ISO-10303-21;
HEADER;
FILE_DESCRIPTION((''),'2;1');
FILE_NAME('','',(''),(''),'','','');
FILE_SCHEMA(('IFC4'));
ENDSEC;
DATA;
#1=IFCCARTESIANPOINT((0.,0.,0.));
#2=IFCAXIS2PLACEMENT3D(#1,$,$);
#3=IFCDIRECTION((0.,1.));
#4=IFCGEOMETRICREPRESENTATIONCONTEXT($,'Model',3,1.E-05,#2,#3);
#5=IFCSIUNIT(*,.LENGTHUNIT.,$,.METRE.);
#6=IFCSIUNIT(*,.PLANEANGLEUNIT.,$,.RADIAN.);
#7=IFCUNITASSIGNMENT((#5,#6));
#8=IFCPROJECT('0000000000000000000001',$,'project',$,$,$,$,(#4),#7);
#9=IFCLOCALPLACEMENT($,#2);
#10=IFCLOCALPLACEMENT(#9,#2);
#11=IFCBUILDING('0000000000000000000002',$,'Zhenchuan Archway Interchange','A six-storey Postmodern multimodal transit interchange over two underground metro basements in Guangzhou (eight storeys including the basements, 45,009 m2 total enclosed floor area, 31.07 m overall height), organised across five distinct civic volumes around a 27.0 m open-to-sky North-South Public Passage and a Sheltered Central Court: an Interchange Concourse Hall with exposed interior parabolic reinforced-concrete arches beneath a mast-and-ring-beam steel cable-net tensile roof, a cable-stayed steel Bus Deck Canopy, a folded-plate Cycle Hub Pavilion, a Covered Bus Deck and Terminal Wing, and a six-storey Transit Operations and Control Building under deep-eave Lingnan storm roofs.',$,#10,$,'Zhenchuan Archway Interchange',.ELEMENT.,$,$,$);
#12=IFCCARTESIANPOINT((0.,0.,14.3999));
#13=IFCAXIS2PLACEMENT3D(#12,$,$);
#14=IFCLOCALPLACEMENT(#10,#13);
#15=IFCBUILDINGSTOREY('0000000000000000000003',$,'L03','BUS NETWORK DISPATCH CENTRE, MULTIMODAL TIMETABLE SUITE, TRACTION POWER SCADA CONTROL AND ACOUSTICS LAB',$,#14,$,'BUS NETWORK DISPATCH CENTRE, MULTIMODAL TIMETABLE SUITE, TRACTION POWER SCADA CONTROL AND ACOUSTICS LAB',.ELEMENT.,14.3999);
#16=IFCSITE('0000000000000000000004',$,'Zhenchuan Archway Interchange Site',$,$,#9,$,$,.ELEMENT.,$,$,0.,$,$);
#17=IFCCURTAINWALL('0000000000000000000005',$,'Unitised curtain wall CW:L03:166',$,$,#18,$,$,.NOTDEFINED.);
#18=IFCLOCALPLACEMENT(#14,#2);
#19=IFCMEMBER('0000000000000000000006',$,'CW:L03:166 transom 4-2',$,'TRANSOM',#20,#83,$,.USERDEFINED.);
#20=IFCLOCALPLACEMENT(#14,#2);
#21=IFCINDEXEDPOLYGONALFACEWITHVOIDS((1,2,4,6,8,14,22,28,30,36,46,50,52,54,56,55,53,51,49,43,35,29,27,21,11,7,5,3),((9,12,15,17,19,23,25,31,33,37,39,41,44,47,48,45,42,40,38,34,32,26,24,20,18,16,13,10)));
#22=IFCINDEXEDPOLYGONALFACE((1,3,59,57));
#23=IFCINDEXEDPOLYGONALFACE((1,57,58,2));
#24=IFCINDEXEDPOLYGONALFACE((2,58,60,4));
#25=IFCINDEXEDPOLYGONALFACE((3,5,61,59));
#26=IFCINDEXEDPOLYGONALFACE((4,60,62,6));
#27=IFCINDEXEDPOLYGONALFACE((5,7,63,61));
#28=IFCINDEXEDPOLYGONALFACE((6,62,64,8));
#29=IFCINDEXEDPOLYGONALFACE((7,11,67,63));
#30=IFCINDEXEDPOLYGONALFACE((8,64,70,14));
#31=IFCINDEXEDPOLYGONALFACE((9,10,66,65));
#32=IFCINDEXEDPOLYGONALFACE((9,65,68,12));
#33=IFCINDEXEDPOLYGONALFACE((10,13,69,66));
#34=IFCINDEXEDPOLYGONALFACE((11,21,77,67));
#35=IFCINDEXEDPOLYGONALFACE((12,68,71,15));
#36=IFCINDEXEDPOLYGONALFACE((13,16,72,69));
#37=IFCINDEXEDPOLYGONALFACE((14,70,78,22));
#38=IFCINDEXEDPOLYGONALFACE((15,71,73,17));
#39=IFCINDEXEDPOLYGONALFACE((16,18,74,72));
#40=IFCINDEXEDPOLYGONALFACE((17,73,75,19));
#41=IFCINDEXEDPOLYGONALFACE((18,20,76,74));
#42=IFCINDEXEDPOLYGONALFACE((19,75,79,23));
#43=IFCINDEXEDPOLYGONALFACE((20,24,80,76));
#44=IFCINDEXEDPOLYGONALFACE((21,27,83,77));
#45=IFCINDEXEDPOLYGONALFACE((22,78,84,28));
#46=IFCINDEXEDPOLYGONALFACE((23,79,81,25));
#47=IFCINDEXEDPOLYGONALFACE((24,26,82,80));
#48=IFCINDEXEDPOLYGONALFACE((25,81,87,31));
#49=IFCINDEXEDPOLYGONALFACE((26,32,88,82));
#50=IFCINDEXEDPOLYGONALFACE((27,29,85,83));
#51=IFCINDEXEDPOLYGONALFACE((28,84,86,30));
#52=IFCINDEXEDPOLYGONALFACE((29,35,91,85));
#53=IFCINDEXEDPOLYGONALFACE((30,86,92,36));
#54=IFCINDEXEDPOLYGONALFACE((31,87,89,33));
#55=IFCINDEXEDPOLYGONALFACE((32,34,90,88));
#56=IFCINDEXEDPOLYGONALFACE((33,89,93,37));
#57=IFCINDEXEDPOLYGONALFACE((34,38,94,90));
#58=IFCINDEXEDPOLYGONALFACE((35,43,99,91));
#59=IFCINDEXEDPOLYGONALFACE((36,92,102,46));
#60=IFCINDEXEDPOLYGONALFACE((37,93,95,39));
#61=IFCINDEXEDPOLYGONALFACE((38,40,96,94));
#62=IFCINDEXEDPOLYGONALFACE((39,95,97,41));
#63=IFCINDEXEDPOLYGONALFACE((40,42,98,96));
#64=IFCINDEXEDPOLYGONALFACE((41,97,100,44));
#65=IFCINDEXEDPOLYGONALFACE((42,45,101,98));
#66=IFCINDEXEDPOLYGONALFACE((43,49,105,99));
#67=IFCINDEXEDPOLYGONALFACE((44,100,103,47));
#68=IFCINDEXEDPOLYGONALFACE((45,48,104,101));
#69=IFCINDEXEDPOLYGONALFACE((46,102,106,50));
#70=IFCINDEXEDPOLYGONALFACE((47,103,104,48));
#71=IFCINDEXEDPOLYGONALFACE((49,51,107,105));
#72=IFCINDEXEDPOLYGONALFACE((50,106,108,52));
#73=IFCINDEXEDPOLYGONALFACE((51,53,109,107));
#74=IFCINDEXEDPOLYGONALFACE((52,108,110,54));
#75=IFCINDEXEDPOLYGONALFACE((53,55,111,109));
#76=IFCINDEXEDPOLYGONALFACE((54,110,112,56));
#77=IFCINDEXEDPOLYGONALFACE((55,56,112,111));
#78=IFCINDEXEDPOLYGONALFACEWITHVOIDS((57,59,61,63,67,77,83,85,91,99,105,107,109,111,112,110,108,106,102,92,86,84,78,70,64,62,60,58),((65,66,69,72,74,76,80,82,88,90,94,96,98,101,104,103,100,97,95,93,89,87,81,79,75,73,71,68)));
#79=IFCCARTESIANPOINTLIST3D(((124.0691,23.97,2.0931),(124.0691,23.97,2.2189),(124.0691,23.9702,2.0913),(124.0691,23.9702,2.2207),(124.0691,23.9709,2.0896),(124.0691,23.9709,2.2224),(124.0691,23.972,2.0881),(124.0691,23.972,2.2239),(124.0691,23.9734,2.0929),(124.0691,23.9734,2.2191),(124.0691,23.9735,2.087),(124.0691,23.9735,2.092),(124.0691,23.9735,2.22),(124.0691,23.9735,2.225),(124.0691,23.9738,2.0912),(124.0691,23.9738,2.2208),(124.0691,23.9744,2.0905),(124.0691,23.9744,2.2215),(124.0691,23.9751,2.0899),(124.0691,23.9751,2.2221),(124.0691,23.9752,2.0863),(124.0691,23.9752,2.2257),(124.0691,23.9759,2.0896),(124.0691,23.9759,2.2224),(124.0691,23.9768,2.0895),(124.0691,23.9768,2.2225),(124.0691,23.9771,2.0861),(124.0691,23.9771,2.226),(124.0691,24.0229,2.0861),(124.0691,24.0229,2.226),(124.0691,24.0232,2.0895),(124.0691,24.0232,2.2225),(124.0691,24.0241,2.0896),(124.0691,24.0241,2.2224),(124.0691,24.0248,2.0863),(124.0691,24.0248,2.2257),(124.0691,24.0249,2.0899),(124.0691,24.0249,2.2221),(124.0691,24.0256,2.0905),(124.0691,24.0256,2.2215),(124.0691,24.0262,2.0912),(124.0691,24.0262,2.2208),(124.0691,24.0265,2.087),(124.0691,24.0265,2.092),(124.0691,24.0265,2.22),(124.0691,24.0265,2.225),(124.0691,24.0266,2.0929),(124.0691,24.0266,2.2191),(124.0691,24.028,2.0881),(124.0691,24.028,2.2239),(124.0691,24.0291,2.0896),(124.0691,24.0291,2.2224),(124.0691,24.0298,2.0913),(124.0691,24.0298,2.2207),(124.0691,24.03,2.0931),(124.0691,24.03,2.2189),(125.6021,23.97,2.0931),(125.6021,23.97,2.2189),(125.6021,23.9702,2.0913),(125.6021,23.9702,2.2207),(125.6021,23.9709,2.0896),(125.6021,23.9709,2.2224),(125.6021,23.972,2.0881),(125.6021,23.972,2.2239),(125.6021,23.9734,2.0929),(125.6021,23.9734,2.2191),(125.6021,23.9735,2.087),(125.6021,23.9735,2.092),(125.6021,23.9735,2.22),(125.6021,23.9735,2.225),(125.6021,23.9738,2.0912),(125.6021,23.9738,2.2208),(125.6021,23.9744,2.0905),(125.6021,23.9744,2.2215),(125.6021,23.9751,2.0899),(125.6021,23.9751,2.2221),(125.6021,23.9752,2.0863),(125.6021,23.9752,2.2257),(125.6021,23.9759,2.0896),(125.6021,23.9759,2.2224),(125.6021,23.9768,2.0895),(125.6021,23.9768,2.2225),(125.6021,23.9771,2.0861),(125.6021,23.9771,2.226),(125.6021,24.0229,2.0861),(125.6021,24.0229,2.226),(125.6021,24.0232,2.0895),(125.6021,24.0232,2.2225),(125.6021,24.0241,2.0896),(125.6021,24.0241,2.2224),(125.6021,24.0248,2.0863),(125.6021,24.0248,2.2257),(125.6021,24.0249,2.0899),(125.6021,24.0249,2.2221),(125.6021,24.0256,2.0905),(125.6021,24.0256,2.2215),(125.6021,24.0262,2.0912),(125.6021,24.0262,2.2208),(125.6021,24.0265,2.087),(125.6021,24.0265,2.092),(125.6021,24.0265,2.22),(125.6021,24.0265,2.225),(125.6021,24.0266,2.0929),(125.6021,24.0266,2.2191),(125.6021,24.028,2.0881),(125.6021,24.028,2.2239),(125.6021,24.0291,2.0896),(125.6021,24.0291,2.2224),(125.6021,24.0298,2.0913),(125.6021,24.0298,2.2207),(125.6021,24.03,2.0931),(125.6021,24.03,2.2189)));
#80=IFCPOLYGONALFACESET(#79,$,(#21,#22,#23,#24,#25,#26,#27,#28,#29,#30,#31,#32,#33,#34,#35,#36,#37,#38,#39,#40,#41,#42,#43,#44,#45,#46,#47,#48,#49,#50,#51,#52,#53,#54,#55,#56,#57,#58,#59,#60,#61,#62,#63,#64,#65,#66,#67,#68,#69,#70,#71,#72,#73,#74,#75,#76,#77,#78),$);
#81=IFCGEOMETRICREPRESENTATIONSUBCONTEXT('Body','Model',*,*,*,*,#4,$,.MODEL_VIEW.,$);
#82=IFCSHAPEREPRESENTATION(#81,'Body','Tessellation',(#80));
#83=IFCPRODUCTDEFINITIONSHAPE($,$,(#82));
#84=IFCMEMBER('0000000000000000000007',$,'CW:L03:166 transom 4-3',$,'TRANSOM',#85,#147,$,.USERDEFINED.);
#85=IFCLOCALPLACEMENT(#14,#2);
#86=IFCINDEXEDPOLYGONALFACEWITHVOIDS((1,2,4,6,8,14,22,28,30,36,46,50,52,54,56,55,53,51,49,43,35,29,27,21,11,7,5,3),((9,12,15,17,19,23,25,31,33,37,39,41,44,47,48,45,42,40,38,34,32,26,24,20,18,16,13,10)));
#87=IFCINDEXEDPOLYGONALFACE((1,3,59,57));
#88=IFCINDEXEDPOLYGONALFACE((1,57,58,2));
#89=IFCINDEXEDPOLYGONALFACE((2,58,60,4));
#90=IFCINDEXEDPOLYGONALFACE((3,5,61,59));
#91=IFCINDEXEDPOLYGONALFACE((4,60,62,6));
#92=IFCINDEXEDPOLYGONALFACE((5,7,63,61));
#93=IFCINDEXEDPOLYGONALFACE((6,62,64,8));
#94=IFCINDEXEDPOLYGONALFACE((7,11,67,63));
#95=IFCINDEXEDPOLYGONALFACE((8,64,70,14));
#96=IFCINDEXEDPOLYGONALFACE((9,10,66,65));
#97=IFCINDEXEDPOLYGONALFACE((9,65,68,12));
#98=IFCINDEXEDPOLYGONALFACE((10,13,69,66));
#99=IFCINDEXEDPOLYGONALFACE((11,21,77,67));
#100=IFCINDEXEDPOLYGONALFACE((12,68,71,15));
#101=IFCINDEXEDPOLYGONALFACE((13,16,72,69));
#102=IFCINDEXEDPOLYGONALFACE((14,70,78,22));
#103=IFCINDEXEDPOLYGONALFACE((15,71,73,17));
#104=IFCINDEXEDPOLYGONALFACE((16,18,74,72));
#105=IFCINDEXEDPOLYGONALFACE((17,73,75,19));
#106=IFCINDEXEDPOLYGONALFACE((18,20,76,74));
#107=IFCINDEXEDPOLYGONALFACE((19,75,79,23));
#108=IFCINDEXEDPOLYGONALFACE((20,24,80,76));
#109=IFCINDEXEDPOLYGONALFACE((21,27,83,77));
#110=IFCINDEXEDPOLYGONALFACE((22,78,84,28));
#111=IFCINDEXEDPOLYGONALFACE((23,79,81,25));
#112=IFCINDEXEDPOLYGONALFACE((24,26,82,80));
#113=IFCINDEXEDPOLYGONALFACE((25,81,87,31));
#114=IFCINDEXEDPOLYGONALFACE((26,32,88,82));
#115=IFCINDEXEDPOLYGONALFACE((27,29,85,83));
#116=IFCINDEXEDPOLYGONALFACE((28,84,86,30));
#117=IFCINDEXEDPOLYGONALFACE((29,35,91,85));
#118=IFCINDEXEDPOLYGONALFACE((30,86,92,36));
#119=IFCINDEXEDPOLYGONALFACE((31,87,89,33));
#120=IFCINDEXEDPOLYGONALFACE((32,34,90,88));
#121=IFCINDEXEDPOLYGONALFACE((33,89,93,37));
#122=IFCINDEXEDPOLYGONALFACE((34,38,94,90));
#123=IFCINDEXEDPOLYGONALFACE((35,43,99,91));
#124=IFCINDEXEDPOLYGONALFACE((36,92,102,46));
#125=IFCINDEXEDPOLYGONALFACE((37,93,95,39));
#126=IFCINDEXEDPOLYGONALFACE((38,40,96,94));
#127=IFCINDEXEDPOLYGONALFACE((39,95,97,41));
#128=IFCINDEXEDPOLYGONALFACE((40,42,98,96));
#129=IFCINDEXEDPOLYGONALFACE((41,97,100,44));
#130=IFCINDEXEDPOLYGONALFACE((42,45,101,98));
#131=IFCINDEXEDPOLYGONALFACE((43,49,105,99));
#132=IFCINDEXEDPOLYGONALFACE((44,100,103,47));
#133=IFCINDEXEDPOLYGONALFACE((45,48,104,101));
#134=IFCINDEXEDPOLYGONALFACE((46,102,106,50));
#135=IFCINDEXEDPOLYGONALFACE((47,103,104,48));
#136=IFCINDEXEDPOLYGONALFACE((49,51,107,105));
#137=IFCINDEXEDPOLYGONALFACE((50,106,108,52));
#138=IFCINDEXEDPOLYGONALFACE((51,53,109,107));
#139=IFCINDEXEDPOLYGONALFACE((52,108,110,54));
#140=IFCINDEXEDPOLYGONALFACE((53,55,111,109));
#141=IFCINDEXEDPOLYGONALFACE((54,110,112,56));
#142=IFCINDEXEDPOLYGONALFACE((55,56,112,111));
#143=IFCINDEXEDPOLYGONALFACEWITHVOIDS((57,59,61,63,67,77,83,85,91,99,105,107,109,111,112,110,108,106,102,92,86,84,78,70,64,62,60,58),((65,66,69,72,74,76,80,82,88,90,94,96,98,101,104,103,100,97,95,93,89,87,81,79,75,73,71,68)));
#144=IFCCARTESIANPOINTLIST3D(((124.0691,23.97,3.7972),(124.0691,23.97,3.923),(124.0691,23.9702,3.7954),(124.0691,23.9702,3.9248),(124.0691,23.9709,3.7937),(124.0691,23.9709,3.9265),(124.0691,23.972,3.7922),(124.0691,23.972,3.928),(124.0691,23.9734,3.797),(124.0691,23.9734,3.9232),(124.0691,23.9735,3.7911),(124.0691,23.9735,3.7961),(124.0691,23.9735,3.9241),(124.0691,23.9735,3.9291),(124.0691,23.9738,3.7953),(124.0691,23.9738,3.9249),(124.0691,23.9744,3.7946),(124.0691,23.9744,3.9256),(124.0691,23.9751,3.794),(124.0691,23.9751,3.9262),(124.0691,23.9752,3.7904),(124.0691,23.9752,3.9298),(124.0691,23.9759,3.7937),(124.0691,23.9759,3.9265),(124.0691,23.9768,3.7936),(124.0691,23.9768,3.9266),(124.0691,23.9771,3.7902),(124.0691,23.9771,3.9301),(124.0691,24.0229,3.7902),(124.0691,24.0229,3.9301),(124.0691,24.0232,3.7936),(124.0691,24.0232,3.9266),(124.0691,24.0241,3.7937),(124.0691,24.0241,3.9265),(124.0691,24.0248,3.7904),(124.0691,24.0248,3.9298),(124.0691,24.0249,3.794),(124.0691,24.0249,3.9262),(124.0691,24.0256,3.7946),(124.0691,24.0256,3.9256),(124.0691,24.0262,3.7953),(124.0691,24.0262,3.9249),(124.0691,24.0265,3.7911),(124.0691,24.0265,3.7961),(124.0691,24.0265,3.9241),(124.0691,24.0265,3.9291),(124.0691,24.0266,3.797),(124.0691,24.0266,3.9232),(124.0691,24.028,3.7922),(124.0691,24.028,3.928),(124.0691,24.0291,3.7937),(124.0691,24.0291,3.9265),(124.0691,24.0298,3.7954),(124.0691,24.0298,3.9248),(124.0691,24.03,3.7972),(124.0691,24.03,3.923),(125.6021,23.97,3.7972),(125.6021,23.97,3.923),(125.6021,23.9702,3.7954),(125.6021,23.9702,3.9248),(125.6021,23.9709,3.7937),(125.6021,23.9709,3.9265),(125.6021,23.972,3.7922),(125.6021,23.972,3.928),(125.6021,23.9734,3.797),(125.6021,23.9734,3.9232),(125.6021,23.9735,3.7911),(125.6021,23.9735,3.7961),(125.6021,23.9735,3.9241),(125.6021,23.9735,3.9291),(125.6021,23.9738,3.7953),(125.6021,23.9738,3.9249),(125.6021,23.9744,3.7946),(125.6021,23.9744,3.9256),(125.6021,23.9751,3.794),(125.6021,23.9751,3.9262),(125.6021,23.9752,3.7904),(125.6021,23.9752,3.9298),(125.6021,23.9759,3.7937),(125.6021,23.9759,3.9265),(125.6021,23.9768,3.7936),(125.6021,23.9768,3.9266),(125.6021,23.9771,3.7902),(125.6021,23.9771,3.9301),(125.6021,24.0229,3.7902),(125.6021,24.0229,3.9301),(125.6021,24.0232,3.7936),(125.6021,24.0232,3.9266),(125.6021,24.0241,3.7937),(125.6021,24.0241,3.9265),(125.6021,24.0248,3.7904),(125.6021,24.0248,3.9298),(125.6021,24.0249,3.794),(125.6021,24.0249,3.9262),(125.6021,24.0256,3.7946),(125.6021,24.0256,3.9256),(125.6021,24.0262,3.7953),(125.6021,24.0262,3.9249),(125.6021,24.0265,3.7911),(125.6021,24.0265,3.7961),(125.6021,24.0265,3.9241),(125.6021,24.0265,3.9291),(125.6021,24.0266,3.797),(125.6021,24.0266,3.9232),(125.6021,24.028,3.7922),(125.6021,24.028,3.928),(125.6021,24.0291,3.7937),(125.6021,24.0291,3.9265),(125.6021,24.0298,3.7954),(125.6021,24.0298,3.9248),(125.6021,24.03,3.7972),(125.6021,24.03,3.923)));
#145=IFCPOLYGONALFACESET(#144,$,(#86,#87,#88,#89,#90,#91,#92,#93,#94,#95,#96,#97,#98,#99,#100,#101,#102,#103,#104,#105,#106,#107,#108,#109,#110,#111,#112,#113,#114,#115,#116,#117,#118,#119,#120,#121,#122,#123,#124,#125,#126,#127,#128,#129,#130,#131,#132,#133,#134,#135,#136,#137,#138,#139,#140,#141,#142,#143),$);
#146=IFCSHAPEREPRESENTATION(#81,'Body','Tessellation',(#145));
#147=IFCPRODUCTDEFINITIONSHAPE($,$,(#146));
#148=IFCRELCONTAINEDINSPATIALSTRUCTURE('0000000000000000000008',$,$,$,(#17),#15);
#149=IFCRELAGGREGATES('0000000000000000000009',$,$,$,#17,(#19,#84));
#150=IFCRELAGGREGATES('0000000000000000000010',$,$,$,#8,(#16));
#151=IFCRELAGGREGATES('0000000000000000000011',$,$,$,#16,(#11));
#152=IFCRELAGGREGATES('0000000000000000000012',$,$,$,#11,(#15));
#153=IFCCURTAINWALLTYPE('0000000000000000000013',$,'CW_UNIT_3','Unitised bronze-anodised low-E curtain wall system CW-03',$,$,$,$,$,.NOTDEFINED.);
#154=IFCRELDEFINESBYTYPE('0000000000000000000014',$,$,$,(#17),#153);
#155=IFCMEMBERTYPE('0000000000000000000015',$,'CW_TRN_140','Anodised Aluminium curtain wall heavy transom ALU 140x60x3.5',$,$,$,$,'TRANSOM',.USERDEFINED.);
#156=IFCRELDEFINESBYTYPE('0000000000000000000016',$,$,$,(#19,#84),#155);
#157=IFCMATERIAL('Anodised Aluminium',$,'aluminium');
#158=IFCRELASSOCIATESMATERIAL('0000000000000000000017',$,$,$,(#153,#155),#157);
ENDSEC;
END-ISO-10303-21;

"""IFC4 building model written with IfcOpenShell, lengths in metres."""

from ifc_helpers import new_model, si_unit, direction, frame, origin, origin_2d, place, context, subcontext, project, spatial, hollow_rectangle, extrude, material, material_profile, profile_set, type_object, element, aggregate, save


model = new_model("IFC4")

# Units and contexts
model_context = context("Model", 3, precision=1e-05, world=origin(), true_north=direction((0.0, 1.0)))
body_context = subcontext(model_context, "Body", "Model", "MODEL_VIEW")
ifc_project = project(units=[si_unit("LENGTHUNIT", "METRE"), si_unit("PLANEANGLEUNIT", "RADIAN")], contexts=[model_context])

# Site, building, storey
site_placement = place(None, origin())
site = spatial("IfcSite", under=ifc_project, at=site_placement, Name="Zhenchuan Archway Interchange Site", CompositionType="ELEMENT", RefElevation=0.0)
building_placement = place(site_placement, origin())
building = spatial("IfcBuilding", under=site, at=building_placement, Name="Zhenchuan Archway Interchange", Description="A six-storey Postmodern multimodal transit interchange over two underground metro basements in Guangzhou (eight storeys including the basements, 45,009 m2 total enclosed floor area, 31.07 m overall height), organised across five distinct civic volumes around a 27.0 m open-to-sky North-South Public Passage and a Sheltered Central Court: an Interchange Concourse Hall with exposed interior parabolic reinforced-concrete arches beneath a mast-and-ring-beam steel cable-net tensile roof, a cable-stayed steel Bus Deck Canopy, a folded-plate Cycle Hub Pavilion, a Covered Bus Deck and Terminal Wing, and a six-storey Transit Operations and Control Building under deep-eave Lingnan storm roofs.", LongName="Zhenchuan Archway Interchange", CompositionType="ELEMENT")
storey_placement = place(building_placement, frame((0.0, 0.0, 14.3999)))
storey = spatial("IfcBuildingStorey", under=building, at=storey_placement, Name="L03", Description="BUS NETWORK DISPATCH CENTRE, MULTIMODAL TIMETABLE SUITE, TRACTION POWER SCADA CONTROL AND ACOUSTICS LAB", LongName="BUS NETWORK DISPATCH CENTRE, MULTIMODAL TIMETABLE SUITE, TRACTION POWER SCADA CONTROL AND ACOUSTICS LAB", CompositionType="ELEMENT", Elevation=14.3999)

# Curtain wall
ifc_material_1 = material(Name="Anodised Aluminium", Category="aluminium")
curtain_wall_type_1 = type_object("IfcCurtainWallType", Name="CW_UNIT_3", Description="Unitised bronze-anodised low-E curtain wall system CW-03", PredefinedType="NOTDEFINED", material=ifc_material_1)
curtain_wall_1_placement = place(storey_placement, origin())
curtain_wall_1 = element("IfcCurtainWall", 1, at=curtain_wall_1_placement, inside=storey, type_object=curtain_wall_type_1, Name="Unitised curtain wall CW:L03:166", PredefinedType="NOTDEFINED")

# Members
ifc_material_profile_1 = material_profile(ifc_material_1, hollow_rectangle(XDim=0.0601, YDim=0.1399, WallThickness=0.0034, InnerFilletRadius=0.0034, OuterFilletRadius=0.0071, at=origin_2d()), Name="ALU 140x60x3.5")
ifc_profile_set_1 = profile_set([ifc_material_profile_1], Name="Anodised Aluminium")
member_type_1 = type_object("IfcMemberType", Name="CW_TRN_140", Description="Anodised Aluminium curtain wall heavy transom ALU 140x60x3.5", ElementType="TRANSOM", PredefinedType="USERDEFINED", material=ifc_profile_set_1)
member_1_placement = place(storey_placement, frame((124.0691, 24.0, 2.156), z_axis=(1.0, 0.0, 0.0), x_axis=(0.0, 1.0, 0.0)))
member_1 = element("IfcMember", 2, at=member_1_placement, type_object=member_type_1, Name="CW:L03:166 transom 4-2", ObjectType="TRANSOM", PredefinedType="USERDEFINED", context=body_context, shape_type="SweptSolid", body=[
    extrude(hollow_rectangle(XDim=0.0601, YDim=0.1399, WallThickness=0.0034, InnerFilletRadius=0.0034, OuterFilletRadius=0.0071, at=origin_2d()), origin(), (0.0, 0.0, 1.0), 1.533),
])
member_2_placement = place(storey_placement, frame((124.0691, 24.0, 3.8601), z_axis=(1.0, 0.0, 0.0), x_axis=(0.0, 1.0, 0.0)))
member_2 = element("IfcMember", 3, at=member_2_placement, type_object=member_type_1, Name="CW:L03:166 transom 4-3", ObjectType="TRANSOM", PredefinedType="USERDEFINED", context=body_context, shape_type="SweptSolid", body=[
    extrude(hollow_rectangle(XDim=0.0601, YDim=0.1399, WallThickness=0.0034, InnerFilletRadius=0.0034, OuterFilletRadius=0.0071, at=origin_2d()), origin(), (0.0, 0.0, 1.0), 1.533),
])

aggregate(curtain_wall_1, [member_1, member_2])

save(model, "model.ifc")
